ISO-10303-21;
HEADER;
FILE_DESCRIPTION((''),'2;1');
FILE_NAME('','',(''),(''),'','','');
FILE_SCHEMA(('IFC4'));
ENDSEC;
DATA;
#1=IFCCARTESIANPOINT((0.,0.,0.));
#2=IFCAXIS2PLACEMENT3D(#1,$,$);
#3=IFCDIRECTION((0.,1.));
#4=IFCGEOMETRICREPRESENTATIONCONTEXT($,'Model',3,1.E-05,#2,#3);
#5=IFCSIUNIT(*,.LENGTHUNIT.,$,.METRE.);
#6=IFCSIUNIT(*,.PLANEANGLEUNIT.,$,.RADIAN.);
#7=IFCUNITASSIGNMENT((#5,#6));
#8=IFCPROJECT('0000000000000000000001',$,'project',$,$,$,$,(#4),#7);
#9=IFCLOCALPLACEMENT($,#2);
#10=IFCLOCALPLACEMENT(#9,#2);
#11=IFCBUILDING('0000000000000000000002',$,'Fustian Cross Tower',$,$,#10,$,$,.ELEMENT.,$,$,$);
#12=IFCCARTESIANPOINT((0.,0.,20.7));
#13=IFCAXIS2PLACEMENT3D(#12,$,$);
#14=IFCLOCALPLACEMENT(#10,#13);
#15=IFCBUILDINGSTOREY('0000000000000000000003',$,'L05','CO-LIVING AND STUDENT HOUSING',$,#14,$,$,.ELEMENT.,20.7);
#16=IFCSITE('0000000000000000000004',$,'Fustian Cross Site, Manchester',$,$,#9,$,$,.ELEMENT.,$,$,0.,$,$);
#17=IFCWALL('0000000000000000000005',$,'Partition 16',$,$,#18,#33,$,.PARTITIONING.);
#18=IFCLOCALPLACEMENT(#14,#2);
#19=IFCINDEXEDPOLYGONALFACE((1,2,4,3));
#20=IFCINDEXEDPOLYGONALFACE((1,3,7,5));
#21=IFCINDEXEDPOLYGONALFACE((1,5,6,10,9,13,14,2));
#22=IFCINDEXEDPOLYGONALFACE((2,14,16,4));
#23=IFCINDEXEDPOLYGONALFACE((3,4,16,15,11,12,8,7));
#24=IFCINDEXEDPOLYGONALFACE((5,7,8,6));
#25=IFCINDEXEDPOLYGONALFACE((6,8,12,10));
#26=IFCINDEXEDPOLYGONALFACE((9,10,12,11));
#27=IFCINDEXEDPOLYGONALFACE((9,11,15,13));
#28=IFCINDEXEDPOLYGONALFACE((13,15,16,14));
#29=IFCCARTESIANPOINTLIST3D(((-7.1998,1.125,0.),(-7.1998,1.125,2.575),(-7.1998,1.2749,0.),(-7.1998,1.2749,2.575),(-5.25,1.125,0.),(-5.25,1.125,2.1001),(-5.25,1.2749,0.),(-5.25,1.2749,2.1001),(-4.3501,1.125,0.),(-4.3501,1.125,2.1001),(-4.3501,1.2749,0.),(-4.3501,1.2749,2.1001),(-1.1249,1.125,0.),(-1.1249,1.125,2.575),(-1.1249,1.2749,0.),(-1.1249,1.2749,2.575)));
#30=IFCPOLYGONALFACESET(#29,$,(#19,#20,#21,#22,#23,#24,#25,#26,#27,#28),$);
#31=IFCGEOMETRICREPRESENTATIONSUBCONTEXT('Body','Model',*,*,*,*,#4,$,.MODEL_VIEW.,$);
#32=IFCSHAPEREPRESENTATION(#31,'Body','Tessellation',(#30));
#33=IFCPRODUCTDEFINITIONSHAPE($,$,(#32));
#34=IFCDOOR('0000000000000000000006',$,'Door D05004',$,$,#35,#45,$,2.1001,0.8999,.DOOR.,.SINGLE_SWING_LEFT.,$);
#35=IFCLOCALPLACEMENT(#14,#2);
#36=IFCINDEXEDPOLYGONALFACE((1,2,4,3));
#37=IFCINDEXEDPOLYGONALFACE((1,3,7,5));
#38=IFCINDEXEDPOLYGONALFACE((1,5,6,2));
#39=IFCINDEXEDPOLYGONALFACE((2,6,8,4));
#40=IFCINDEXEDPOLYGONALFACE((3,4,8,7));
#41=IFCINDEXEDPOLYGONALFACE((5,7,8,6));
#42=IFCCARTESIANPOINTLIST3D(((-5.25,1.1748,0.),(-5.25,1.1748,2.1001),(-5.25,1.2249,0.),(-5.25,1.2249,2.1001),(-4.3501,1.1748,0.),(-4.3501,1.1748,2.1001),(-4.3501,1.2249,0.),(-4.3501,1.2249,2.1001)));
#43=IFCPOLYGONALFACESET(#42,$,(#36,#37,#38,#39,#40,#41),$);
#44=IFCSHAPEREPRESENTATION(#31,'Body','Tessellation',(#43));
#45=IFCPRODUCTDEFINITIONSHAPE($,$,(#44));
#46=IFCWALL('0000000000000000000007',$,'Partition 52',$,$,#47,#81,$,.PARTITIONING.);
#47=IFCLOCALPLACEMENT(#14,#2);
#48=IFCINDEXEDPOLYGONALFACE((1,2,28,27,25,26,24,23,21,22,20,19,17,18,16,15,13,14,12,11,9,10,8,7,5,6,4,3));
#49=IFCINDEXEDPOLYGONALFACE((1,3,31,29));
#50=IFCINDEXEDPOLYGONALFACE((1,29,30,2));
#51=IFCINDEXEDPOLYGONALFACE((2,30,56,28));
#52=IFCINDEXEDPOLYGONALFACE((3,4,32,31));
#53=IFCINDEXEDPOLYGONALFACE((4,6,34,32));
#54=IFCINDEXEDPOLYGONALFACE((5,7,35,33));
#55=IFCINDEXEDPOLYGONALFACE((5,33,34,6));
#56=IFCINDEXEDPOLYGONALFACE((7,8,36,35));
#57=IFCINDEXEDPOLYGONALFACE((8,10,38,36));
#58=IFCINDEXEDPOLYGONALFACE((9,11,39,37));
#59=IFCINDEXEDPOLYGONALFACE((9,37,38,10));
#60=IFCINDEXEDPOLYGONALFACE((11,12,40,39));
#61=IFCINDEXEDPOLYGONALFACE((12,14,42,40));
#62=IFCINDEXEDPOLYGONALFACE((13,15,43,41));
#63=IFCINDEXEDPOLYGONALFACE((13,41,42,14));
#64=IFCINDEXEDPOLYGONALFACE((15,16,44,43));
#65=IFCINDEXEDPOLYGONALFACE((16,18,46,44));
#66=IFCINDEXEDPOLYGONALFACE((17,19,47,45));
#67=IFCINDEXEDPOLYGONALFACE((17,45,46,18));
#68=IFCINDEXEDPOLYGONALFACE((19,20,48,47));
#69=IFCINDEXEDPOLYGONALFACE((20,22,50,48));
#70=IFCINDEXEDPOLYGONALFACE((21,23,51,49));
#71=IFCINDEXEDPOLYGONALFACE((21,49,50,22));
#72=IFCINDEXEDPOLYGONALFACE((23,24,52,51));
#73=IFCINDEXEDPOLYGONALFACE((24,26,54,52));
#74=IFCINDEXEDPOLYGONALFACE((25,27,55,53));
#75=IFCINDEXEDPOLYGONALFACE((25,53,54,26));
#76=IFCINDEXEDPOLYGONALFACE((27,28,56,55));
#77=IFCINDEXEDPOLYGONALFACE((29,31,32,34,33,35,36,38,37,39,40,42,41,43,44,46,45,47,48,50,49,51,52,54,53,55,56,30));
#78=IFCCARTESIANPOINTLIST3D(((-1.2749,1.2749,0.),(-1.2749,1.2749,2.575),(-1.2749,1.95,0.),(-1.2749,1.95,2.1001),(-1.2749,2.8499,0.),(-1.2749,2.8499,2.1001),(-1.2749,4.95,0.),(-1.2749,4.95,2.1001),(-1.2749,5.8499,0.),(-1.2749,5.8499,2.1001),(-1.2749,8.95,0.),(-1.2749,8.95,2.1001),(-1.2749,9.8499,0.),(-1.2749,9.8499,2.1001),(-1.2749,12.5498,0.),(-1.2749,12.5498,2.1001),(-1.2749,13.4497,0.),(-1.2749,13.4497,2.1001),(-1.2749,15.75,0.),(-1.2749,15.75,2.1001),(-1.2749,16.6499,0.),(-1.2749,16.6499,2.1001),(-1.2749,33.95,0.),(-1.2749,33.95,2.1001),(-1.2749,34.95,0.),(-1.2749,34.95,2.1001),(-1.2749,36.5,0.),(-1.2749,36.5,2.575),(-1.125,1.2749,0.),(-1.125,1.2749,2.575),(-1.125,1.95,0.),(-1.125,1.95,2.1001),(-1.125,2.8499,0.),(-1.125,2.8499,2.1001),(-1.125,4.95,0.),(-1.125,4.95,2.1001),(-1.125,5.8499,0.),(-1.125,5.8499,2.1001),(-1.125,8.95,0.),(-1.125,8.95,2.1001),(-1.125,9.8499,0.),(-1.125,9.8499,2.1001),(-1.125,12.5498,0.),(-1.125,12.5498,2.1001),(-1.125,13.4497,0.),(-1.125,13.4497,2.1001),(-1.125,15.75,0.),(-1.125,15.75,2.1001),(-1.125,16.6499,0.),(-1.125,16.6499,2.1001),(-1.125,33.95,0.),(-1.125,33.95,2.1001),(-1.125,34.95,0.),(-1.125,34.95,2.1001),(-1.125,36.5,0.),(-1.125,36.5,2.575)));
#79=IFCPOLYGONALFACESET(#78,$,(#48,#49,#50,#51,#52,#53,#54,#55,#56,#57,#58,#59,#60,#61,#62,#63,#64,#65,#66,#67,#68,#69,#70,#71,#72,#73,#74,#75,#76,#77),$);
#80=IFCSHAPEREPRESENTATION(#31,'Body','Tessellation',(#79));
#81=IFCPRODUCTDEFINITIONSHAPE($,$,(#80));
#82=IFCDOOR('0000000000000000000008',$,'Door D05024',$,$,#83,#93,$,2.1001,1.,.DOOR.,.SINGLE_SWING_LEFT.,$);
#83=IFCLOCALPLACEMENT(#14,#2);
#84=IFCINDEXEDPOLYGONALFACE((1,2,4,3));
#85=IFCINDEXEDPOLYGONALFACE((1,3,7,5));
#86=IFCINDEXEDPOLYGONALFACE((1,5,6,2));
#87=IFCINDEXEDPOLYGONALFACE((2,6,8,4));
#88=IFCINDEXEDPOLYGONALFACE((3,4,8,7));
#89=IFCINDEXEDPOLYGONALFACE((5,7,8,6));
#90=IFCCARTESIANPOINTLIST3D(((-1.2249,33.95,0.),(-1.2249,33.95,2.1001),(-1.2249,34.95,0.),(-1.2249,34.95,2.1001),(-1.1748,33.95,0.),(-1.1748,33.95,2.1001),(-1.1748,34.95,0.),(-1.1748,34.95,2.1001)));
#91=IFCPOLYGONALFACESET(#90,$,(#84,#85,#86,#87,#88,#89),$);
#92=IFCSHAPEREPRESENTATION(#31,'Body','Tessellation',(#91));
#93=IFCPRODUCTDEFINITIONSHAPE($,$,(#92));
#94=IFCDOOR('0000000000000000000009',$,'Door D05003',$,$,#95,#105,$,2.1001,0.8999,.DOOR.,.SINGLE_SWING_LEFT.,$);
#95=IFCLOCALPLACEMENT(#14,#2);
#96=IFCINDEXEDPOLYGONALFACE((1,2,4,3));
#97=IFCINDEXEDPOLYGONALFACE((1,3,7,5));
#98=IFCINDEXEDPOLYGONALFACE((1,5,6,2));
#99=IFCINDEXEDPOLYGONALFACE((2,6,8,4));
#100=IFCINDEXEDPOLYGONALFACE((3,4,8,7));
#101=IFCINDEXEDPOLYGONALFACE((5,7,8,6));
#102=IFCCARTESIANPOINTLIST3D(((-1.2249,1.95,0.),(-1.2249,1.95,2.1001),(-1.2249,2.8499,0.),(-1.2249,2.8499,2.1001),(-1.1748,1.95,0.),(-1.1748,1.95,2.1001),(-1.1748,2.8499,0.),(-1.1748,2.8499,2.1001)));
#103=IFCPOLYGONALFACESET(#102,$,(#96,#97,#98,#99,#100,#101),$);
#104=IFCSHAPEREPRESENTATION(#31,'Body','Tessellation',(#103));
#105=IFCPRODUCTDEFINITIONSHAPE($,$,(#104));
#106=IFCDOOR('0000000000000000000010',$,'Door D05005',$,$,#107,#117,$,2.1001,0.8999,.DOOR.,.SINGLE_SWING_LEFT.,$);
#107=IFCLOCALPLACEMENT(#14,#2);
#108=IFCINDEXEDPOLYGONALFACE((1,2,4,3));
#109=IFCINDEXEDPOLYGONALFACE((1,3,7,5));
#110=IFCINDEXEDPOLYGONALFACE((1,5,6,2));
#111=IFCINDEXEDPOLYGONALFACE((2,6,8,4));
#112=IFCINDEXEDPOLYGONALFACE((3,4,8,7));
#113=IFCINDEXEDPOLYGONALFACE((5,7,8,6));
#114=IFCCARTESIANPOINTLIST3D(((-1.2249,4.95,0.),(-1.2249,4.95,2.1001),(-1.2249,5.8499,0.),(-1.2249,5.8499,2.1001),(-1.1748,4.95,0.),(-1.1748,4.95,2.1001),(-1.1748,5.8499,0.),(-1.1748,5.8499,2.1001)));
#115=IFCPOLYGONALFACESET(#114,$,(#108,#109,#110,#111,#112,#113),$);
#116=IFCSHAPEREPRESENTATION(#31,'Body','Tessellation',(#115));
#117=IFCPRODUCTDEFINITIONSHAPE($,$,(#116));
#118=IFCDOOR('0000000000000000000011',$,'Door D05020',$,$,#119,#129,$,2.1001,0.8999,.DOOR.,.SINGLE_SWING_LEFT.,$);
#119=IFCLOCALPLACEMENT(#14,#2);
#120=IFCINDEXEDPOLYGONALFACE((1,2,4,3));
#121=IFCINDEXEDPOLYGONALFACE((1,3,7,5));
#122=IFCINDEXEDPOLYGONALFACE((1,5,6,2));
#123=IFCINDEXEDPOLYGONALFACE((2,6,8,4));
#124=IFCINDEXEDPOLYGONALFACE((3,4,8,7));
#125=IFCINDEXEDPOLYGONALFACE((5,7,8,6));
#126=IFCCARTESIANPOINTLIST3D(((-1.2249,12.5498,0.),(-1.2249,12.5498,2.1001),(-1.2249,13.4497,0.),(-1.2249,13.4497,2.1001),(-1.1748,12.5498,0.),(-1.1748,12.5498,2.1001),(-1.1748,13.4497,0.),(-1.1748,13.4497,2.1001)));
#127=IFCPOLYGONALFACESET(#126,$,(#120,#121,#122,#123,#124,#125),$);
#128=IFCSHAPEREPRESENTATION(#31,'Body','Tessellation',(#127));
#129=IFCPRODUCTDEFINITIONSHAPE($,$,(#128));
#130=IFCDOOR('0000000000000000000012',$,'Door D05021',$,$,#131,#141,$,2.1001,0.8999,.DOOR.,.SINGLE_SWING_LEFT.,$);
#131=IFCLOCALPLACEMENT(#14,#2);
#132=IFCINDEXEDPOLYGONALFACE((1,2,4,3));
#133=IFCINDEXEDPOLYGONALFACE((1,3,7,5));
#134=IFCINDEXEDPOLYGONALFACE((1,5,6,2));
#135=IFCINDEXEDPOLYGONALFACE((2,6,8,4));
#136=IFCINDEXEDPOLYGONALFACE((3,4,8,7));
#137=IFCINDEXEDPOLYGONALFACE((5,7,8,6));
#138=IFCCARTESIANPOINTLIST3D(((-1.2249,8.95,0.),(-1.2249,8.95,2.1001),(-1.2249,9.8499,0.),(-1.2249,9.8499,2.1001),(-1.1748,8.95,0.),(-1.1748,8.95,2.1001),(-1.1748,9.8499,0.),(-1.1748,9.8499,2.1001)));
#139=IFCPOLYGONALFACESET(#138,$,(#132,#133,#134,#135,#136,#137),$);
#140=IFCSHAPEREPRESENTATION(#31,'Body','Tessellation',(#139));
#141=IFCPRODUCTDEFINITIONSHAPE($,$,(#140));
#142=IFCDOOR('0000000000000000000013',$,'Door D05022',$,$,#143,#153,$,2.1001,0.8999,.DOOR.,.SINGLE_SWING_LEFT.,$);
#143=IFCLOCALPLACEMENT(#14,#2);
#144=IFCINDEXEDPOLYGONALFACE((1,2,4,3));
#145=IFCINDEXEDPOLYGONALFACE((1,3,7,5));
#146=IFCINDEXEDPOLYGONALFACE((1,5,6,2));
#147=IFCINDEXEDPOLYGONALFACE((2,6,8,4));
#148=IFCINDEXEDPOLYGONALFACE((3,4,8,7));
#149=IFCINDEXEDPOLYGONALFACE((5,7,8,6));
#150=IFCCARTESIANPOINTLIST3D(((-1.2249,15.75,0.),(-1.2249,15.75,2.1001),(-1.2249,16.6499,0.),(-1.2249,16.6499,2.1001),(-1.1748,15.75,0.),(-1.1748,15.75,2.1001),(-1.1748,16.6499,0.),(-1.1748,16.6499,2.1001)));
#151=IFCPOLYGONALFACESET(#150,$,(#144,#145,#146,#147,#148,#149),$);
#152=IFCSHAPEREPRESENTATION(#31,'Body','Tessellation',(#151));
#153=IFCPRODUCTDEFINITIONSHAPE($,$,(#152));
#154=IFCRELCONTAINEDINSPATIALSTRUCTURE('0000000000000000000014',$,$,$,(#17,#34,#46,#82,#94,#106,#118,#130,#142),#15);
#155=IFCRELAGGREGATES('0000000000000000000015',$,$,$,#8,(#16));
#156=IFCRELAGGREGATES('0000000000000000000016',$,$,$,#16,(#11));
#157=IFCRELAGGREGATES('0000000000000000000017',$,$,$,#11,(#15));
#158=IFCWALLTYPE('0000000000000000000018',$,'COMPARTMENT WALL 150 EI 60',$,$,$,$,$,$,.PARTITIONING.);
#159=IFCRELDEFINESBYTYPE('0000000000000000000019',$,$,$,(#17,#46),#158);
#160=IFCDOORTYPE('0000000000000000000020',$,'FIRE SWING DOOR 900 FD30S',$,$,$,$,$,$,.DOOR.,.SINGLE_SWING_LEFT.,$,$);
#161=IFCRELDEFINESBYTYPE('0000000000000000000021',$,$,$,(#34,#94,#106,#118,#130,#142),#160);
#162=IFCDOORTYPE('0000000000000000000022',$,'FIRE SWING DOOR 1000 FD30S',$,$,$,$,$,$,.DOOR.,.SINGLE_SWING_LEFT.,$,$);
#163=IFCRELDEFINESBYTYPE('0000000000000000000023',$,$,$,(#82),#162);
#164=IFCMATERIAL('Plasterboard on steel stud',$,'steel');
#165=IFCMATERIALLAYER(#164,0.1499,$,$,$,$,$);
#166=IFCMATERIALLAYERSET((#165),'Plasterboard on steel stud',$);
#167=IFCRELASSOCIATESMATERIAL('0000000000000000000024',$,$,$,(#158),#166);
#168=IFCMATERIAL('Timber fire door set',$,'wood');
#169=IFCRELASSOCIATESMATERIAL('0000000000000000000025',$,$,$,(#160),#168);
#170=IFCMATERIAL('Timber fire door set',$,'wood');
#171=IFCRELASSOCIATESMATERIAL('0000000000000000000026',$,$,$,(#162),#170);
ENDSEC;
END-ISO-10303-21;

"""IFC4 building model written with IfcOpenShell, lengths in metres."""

from ifc_helpers import new_model, si_unit, direction, frame, frame_2d, origin, place, context, subcontext, project, spatial, rectangle, extrude, material, layer, layer_set, type_object, element, fill, save


model = new_model("IFC4")

# Units and contexts
model_context = context("Model", 3, precision=1e-05, world=origin(), true_north=direction((0.0, 1.0)))
body_context = subcontext(model_context, "Body", "Model", "MODEL_VIEW")
ifc_project = project(units=[si_unit("LENGTHUNIT", "METRE"), si_unit("PLANEANGLEUNIT", "RADIAN")], contexts=[model_context])

# Site, building, storey
site_placement = place(None, origin())
site = spatial("IfcSite", under=ifc_project, at=site_placement, Name="Fustian Cross Site, Manchester", CompositionType="ELEMENT", RefElevation=0.0)
building_placement = place(site_placement, origin())
building = spatial("IfcBuilding", under=site, at=building_placement, Name="Fustian Cross Tower", CompositionType="ELEMENT")
storey_placement = place(building_placement, frame((0.0, 0.0, 20.7)))
storey = spatial("IfcBuildingStorey", under=building, at=storey_placement, Name="L05", Description="CO-LIVING AND STUDENT HOUSING", CompositionType="ELEMENT", Elevation=20.7)

# Wall, opening, door
ifc_material_1 = material(Name="Plasterboard on steel stud", Category="steel")
ifc_layer_1 = layer(ifc_material_1, 0.1499)
ifc_layer_set_1 = layer_set([ifc_layer_1], Name="Plasterboard on steel stud")
wall_type_1 = type_object("IfcWallType", Name="COMPARTMENT WALL 150 EI 60", PredefinedType="PARTITIONING", material=ifc_layer_set_1)
wall_1_placement = place(storey_placement, frame((-7.2, 1.2, 0.0), z_axis=(0.0, 0.0, 1.0), x_axis=(1.0, 0.0, 0.0)))
wall_1 = element("IfcWall", 1, at=wall_1_placement, inside=storey, type_object=wall_type_1, Name="Partition 16", PredefinedType="PARTITIONING", context=body_context, shape_type="SweptSolid", body=[
    extrude(rectangle(XDim=6.075, YDim=0.1499, at=frame_2d((3.0376, 0.0))), origin(), (0.0, 0.0, 1.0), 2.575),
])
opening_1_placement = place(wall_1_placement, frame((1.95, 0.0, 0.0)))
opening_1 = element("IfcOpeningElement", 2, at=opening_1_placement, cuts=wall_1, PredefinedType="OPENING", context=body_context, shape_type="SweptSolid", body=[
    extrude(rectangle(XDim=0.8999, YDim=2.1001, at=frame_2d((0.45, 1.05))), frame((0.0, 0.085, 0.0), z_axis=(0.0, -1.0, 0.0), x_axis=(1.0, 0.0, 0.0)), (0.0, 0.0, 1.0), 0.1699),
])
ifc_material_2 = material(Name="Timber fire door set", Category="wood")
door_type_1 = type_object("IfcDoorType", Name="FIRE SWING DOOR 900 FD30S", OperationType="SINGLE_SWING_LEFT", PredefinedType="DOOR", material=ifc_material_2)
door_1_placement = place(opening_1_placement, origin())
door_1 = element("IfcDoor", 3, at=door_1_placement, inside=storey, type_object=door_type_1, Name="Door D05004", OperationType="SINGLE_SWING_LEFT", OverallHeight=2.1001, OverallWidth=0.8999, PredefinedType="DOOR", context=body_context, shape_type="SweptSolid", body=[
    extrude(rectangle(XDim=0.8999, YDim=2.1001, at=frame_2d((0.45, 1.05))), frame((0.0, 0.0249, 0.0), z_axis=(0.0, -1.0, 0.0), x_axis=(1.0, 0.0, 0.0)), (0.0, 0.0, 1.0), 0.05),
])
fill(opening_1, door_1)

# Wall, openings, doors
wall_2_placement = place(storey_placement, frame((-1.2, 1.2749, 0.0), z_axis=(0.0, 0.0, 1.0), x_axis=(0.0, 1.0, 0.0)))
wall_2 = element("IfcWall", 4, at=wall_2_placement, inside=storey, type_object=wall_type_1, Name="Partition 52", PredefinedType="PARTITIONING", context=body_context, shape_type="SweptSolid", body=[
    extrude(rectangle(XDim=35.2251, YDim=0.1499, at=frame_2d((17.6125, 0.0))), origin(), (0.0, 0.0, 1.0), 2.575),
])
opening_2_placement = place(wall_2_placement, frame((0.675, 0.0, 0.0)))
opening_2 = element("IfcOpeningElement", 5, at=opening_2_placement, cuts=wall_2, PredefinedType="OPENING", context=body_context, shape_type="SweptSolid", body=[
    extrude(rectangle(XDim=0.8999, YDim=2.1001, at=frame_2d((0.45, 1.05))), frame((0.0, 0.085, 0.0), z_axis=(0.0, -1.0, 0.0), x_axis=(1.0, 0.0, 0.0)), (0.0, 0.0, 1.0), 0.1699),
])
opening_3_placement = place(wall_2_placement, frame((3.675, 0.0, 0.0)))
opening_3 = element("IfcOpeningElement", 6, at=opening_3_placement, cuts=wall_2, PredefinedType="OPENING", context=body_context, shape_type="SweptSolid", body=[
    extrude(rectangle(XDim=0.8999, YDim=2.1001, at=frame_2d((0.45, 1.05))), frame((0.0, 0.085, 0.0), z_axis=(0.0, -1.0, 0.0), x_axis=(1.0, 0.0, 0.0)), (0.0, 0.0, 1.0), 0.1699),
])
opening_4_placement = place(wall_2_placement, frame((11.2749, 0.0, 0.0)))
opening_4 = element("IfcOpeningElement", 7, at=opening_4_placement, cuts=wall_2, PredefinedType="OPENING", context=body_context, shape_type="SweptSolid", body=[
    extrude(rectangle(XDim=0.8999, YDim=2.1001, at=frame_2d((0.45, 1.05))), frame((0.0, 0.085, 0.0), z_axis=(0.0, -1.0, 0.0), x_axis=(1.0, 0.0, 0.0)), (0.0, 0.0, 1.0), 0.1699),
])
opening_5_placement = place(wall_2_placement, frame((7.675, 0.0, 0.0)))
opening_5 = element("IfcOpeningElement", 8, at=opening_5_placement, cuts=wall_2, PredefinedType="OPENING", context=body_context, shape_type="SweptSolid", body=[
    extrude(rectangle(XDim=0.8999, YDim=2.1001, at=frame_2d((0.45, 1.05))), frame((0.0, 0.085, 0.0), z_axis=(0.0, -1.0, 0.0), x_axis=(1.0, 0.0, 0.0)), (0.0, 0.0, 1.0), 0.1699),
])
opening_6_placement = place(wall_2_placement, frame((14.4751, 0.0, 0.0)))
opening_6 = element("IfcOpeningElement", 9, at=opening_6_placement, cuts=wall_2, PredefinedType="OPENING", context=body_context, shape_type="SweptSolid", body=[
    extrude(rectangle(XDim=0.8999, YDim=2.1001, at=frame_2d((0.45, 1.05))), frame((0.0, 0.085, 0.0), z_axis=(0.0, -1.0, 0.0), x_axis=(1.0, 0.0, 0.0)), (0.0, 0.0, 1.0), 0.1699),
])
opening_7_placement = place(wall_2_placement, frame((32.675, 0.0, 0.0)))
opening_7 = element("IfcOpeningElement", 10, at=opening_7_placement, cuts=wall_2, PredefinedType="OPENING", context=body_context, shape_type="SweptSolid", body=[
    extrude(rectangle(XDim=1.0, YDim=2.1001, at=frame_2d((0.5, 1.05))), frame((0.0, 0.085, 0.0), z_axis=(0.0, -1.0, 0.0), x_axis=(1.0, 0.0, 0.0)), (0.0, 0.0, 1.0), 0.1699),
])
ifc_material_3 = material(Name="Timber fire door set", Category="wood")
door_type_2 = type_object("IfcDoorType", Name="FIRE SWING DOOR 1000 FD30S", OperationType="SINGLE_SWING_LEFT", PredefinedType="DOOR", material=ifc_material_3)
door_2_placement = place(opening_7_placement, origin())
door_2 = element("IfcDoor", 11, at=door_2_placement, inside=storey, type_object=door_type_2, Name="Door D05024", OperationType="SINGLE_SWING_LEFT", OverallHeight=2.1001, OverallWidth=1.0, PredefinedType="DOOR", context=body_context, shape_type="SweptSolid", body=[
    extrude(rectangle(XDim=1.0, YDim=2.1001, at=frame_2d((0.5, 1.05))), frame((0.0, 0.0249, 0.0), z_axis=(0.0, -1.0, 0.0), x_axis=(1.0, 0.0, 0.0)), (0.0, 0.0, 1.0), 0.05),
])
fill(opening_7, door_2)
door_3_placement = place(opening_2_placement, origin())
door_3 = element("IfcDoor", 12, at=door_3_placement, inside=storey, type_object=door_type_1, Name="Door D05003", OperationType="SINGLE_SWING_LEFT", OverallHeight=2.1001, OverallWidth=0.8999, PredefinedType="DOOR", context=body_context, shape_type="SweptSolid", body=[
    extrude(rectangle(XDim=0.8999, YDim=2.1001, at=frame_2d((0.45, 1.05))), frame((0.0, 0.0249, 0.0), z_axis=(0.0, -1.0, 0.0), x_axis=(1.0, 0.0, 0.0)), (0.0, 0.0, 1.0), 0.05),
])
fill(opening_2, door_3)
door_4_placement = place(opening_3_placement, origin())
door_4 = element("IfcDoor", 13, at=door_4_placement, inside=storey, type_object=door_type_1, Name="Door D05005", OperationType="SINGLE_SWING_LEFT", OverallHeight=2.1001, OverallWidth=0.8999, PredefinedType="DOOR", context=body_context, shape_type="SweptSolid", body=[
    extrude(rectangle(XDim=0.8999, YDim=2.1001, at=frame_2d((0.45, 1.05))), frame((0.0, 0.0249, 0.0), z_axis=(0.0, -1.0, 0.0), x_axis=(1.0, 0.0, 0.0)), (0.0, 0.0, 1.0), 0.05),
])
fill(opening_3, door_4)
door_5_placement = place(opening_4_placement, origin())
door_5 = element("IfcDoor", 14, at=door_5_placement, inside=storey, type_object=door_type_1, Name="Door D05020", OperationType="SINGLE_SWING_LEFT", OverallHeight=2.1001, OverallWidth=0.8999, PredefinedType="DOOR", context=body_context, shape_type="SweptSolid", body=[
    extrude(rectangle(XDim=0.8999, YDim=2.1001, at=frame_2d((0.45, 1.05))), frame((0.0, 0.0249, 0.0), z_axis=(0.0, -1.0, 0.0), x_axis=(1.0, 0.0, 0.0)), (0.0, 0.0, 1.0), 0.05),
])
fill(opening_4, door_5)
door_6_placement = place(opening_5_placement, origin())
door_6 = element("IfcDoor", 15, at=door_6_placement, inside=storey, type_object=door_type_1, Name="Door D05021", OperationType="SINGLE_SWING_LEFT", OverallHeight=2.1001, OverallWidth=0.8999, PredefinedType="DOOR", context=body_context, shape_type="SweptSolid", body=[
    extrude(rectangle(XDim=0.8999, YDim=2.1001, at=frame_2d((0.45, 1.05))), frame((0.0, 0.0249, 0.0), z_axis=(0.0, -1.0, 0.0), x_axis=(1.0, 0.0, 0.0)), (0.0, 0.0, 1.0), 0.05),
])
fill(opening_5, door_6)
door_7_placement = place(opening_6_placement, origin())
door_7 = element("IfcDoor", 16, at=door_7_placement, inside=storey, type_object=door_type_1, Name="Door D05022", OperationType="SINGLE_SWING_LEFT", OverallHeight=2.1001, OverallWidth=0.8999, PredefinedType="DOOR", context=body_context, shape_type="SweptSolid", body=[
    extrude(rectangle(XDim=0.8999, YDim=2.1001, at=frame_2d((0.45, 1.05))), frame((0.0, 0.0249, 0.0), z_axis=(0.0, -1.0, 0.0), x_axis=(1.0, 0.0, 0.0)), (0.0, 0.0, 1.0), 0.05),
])
fill(opening_6, door_7)

save(model, "model.ifc")
